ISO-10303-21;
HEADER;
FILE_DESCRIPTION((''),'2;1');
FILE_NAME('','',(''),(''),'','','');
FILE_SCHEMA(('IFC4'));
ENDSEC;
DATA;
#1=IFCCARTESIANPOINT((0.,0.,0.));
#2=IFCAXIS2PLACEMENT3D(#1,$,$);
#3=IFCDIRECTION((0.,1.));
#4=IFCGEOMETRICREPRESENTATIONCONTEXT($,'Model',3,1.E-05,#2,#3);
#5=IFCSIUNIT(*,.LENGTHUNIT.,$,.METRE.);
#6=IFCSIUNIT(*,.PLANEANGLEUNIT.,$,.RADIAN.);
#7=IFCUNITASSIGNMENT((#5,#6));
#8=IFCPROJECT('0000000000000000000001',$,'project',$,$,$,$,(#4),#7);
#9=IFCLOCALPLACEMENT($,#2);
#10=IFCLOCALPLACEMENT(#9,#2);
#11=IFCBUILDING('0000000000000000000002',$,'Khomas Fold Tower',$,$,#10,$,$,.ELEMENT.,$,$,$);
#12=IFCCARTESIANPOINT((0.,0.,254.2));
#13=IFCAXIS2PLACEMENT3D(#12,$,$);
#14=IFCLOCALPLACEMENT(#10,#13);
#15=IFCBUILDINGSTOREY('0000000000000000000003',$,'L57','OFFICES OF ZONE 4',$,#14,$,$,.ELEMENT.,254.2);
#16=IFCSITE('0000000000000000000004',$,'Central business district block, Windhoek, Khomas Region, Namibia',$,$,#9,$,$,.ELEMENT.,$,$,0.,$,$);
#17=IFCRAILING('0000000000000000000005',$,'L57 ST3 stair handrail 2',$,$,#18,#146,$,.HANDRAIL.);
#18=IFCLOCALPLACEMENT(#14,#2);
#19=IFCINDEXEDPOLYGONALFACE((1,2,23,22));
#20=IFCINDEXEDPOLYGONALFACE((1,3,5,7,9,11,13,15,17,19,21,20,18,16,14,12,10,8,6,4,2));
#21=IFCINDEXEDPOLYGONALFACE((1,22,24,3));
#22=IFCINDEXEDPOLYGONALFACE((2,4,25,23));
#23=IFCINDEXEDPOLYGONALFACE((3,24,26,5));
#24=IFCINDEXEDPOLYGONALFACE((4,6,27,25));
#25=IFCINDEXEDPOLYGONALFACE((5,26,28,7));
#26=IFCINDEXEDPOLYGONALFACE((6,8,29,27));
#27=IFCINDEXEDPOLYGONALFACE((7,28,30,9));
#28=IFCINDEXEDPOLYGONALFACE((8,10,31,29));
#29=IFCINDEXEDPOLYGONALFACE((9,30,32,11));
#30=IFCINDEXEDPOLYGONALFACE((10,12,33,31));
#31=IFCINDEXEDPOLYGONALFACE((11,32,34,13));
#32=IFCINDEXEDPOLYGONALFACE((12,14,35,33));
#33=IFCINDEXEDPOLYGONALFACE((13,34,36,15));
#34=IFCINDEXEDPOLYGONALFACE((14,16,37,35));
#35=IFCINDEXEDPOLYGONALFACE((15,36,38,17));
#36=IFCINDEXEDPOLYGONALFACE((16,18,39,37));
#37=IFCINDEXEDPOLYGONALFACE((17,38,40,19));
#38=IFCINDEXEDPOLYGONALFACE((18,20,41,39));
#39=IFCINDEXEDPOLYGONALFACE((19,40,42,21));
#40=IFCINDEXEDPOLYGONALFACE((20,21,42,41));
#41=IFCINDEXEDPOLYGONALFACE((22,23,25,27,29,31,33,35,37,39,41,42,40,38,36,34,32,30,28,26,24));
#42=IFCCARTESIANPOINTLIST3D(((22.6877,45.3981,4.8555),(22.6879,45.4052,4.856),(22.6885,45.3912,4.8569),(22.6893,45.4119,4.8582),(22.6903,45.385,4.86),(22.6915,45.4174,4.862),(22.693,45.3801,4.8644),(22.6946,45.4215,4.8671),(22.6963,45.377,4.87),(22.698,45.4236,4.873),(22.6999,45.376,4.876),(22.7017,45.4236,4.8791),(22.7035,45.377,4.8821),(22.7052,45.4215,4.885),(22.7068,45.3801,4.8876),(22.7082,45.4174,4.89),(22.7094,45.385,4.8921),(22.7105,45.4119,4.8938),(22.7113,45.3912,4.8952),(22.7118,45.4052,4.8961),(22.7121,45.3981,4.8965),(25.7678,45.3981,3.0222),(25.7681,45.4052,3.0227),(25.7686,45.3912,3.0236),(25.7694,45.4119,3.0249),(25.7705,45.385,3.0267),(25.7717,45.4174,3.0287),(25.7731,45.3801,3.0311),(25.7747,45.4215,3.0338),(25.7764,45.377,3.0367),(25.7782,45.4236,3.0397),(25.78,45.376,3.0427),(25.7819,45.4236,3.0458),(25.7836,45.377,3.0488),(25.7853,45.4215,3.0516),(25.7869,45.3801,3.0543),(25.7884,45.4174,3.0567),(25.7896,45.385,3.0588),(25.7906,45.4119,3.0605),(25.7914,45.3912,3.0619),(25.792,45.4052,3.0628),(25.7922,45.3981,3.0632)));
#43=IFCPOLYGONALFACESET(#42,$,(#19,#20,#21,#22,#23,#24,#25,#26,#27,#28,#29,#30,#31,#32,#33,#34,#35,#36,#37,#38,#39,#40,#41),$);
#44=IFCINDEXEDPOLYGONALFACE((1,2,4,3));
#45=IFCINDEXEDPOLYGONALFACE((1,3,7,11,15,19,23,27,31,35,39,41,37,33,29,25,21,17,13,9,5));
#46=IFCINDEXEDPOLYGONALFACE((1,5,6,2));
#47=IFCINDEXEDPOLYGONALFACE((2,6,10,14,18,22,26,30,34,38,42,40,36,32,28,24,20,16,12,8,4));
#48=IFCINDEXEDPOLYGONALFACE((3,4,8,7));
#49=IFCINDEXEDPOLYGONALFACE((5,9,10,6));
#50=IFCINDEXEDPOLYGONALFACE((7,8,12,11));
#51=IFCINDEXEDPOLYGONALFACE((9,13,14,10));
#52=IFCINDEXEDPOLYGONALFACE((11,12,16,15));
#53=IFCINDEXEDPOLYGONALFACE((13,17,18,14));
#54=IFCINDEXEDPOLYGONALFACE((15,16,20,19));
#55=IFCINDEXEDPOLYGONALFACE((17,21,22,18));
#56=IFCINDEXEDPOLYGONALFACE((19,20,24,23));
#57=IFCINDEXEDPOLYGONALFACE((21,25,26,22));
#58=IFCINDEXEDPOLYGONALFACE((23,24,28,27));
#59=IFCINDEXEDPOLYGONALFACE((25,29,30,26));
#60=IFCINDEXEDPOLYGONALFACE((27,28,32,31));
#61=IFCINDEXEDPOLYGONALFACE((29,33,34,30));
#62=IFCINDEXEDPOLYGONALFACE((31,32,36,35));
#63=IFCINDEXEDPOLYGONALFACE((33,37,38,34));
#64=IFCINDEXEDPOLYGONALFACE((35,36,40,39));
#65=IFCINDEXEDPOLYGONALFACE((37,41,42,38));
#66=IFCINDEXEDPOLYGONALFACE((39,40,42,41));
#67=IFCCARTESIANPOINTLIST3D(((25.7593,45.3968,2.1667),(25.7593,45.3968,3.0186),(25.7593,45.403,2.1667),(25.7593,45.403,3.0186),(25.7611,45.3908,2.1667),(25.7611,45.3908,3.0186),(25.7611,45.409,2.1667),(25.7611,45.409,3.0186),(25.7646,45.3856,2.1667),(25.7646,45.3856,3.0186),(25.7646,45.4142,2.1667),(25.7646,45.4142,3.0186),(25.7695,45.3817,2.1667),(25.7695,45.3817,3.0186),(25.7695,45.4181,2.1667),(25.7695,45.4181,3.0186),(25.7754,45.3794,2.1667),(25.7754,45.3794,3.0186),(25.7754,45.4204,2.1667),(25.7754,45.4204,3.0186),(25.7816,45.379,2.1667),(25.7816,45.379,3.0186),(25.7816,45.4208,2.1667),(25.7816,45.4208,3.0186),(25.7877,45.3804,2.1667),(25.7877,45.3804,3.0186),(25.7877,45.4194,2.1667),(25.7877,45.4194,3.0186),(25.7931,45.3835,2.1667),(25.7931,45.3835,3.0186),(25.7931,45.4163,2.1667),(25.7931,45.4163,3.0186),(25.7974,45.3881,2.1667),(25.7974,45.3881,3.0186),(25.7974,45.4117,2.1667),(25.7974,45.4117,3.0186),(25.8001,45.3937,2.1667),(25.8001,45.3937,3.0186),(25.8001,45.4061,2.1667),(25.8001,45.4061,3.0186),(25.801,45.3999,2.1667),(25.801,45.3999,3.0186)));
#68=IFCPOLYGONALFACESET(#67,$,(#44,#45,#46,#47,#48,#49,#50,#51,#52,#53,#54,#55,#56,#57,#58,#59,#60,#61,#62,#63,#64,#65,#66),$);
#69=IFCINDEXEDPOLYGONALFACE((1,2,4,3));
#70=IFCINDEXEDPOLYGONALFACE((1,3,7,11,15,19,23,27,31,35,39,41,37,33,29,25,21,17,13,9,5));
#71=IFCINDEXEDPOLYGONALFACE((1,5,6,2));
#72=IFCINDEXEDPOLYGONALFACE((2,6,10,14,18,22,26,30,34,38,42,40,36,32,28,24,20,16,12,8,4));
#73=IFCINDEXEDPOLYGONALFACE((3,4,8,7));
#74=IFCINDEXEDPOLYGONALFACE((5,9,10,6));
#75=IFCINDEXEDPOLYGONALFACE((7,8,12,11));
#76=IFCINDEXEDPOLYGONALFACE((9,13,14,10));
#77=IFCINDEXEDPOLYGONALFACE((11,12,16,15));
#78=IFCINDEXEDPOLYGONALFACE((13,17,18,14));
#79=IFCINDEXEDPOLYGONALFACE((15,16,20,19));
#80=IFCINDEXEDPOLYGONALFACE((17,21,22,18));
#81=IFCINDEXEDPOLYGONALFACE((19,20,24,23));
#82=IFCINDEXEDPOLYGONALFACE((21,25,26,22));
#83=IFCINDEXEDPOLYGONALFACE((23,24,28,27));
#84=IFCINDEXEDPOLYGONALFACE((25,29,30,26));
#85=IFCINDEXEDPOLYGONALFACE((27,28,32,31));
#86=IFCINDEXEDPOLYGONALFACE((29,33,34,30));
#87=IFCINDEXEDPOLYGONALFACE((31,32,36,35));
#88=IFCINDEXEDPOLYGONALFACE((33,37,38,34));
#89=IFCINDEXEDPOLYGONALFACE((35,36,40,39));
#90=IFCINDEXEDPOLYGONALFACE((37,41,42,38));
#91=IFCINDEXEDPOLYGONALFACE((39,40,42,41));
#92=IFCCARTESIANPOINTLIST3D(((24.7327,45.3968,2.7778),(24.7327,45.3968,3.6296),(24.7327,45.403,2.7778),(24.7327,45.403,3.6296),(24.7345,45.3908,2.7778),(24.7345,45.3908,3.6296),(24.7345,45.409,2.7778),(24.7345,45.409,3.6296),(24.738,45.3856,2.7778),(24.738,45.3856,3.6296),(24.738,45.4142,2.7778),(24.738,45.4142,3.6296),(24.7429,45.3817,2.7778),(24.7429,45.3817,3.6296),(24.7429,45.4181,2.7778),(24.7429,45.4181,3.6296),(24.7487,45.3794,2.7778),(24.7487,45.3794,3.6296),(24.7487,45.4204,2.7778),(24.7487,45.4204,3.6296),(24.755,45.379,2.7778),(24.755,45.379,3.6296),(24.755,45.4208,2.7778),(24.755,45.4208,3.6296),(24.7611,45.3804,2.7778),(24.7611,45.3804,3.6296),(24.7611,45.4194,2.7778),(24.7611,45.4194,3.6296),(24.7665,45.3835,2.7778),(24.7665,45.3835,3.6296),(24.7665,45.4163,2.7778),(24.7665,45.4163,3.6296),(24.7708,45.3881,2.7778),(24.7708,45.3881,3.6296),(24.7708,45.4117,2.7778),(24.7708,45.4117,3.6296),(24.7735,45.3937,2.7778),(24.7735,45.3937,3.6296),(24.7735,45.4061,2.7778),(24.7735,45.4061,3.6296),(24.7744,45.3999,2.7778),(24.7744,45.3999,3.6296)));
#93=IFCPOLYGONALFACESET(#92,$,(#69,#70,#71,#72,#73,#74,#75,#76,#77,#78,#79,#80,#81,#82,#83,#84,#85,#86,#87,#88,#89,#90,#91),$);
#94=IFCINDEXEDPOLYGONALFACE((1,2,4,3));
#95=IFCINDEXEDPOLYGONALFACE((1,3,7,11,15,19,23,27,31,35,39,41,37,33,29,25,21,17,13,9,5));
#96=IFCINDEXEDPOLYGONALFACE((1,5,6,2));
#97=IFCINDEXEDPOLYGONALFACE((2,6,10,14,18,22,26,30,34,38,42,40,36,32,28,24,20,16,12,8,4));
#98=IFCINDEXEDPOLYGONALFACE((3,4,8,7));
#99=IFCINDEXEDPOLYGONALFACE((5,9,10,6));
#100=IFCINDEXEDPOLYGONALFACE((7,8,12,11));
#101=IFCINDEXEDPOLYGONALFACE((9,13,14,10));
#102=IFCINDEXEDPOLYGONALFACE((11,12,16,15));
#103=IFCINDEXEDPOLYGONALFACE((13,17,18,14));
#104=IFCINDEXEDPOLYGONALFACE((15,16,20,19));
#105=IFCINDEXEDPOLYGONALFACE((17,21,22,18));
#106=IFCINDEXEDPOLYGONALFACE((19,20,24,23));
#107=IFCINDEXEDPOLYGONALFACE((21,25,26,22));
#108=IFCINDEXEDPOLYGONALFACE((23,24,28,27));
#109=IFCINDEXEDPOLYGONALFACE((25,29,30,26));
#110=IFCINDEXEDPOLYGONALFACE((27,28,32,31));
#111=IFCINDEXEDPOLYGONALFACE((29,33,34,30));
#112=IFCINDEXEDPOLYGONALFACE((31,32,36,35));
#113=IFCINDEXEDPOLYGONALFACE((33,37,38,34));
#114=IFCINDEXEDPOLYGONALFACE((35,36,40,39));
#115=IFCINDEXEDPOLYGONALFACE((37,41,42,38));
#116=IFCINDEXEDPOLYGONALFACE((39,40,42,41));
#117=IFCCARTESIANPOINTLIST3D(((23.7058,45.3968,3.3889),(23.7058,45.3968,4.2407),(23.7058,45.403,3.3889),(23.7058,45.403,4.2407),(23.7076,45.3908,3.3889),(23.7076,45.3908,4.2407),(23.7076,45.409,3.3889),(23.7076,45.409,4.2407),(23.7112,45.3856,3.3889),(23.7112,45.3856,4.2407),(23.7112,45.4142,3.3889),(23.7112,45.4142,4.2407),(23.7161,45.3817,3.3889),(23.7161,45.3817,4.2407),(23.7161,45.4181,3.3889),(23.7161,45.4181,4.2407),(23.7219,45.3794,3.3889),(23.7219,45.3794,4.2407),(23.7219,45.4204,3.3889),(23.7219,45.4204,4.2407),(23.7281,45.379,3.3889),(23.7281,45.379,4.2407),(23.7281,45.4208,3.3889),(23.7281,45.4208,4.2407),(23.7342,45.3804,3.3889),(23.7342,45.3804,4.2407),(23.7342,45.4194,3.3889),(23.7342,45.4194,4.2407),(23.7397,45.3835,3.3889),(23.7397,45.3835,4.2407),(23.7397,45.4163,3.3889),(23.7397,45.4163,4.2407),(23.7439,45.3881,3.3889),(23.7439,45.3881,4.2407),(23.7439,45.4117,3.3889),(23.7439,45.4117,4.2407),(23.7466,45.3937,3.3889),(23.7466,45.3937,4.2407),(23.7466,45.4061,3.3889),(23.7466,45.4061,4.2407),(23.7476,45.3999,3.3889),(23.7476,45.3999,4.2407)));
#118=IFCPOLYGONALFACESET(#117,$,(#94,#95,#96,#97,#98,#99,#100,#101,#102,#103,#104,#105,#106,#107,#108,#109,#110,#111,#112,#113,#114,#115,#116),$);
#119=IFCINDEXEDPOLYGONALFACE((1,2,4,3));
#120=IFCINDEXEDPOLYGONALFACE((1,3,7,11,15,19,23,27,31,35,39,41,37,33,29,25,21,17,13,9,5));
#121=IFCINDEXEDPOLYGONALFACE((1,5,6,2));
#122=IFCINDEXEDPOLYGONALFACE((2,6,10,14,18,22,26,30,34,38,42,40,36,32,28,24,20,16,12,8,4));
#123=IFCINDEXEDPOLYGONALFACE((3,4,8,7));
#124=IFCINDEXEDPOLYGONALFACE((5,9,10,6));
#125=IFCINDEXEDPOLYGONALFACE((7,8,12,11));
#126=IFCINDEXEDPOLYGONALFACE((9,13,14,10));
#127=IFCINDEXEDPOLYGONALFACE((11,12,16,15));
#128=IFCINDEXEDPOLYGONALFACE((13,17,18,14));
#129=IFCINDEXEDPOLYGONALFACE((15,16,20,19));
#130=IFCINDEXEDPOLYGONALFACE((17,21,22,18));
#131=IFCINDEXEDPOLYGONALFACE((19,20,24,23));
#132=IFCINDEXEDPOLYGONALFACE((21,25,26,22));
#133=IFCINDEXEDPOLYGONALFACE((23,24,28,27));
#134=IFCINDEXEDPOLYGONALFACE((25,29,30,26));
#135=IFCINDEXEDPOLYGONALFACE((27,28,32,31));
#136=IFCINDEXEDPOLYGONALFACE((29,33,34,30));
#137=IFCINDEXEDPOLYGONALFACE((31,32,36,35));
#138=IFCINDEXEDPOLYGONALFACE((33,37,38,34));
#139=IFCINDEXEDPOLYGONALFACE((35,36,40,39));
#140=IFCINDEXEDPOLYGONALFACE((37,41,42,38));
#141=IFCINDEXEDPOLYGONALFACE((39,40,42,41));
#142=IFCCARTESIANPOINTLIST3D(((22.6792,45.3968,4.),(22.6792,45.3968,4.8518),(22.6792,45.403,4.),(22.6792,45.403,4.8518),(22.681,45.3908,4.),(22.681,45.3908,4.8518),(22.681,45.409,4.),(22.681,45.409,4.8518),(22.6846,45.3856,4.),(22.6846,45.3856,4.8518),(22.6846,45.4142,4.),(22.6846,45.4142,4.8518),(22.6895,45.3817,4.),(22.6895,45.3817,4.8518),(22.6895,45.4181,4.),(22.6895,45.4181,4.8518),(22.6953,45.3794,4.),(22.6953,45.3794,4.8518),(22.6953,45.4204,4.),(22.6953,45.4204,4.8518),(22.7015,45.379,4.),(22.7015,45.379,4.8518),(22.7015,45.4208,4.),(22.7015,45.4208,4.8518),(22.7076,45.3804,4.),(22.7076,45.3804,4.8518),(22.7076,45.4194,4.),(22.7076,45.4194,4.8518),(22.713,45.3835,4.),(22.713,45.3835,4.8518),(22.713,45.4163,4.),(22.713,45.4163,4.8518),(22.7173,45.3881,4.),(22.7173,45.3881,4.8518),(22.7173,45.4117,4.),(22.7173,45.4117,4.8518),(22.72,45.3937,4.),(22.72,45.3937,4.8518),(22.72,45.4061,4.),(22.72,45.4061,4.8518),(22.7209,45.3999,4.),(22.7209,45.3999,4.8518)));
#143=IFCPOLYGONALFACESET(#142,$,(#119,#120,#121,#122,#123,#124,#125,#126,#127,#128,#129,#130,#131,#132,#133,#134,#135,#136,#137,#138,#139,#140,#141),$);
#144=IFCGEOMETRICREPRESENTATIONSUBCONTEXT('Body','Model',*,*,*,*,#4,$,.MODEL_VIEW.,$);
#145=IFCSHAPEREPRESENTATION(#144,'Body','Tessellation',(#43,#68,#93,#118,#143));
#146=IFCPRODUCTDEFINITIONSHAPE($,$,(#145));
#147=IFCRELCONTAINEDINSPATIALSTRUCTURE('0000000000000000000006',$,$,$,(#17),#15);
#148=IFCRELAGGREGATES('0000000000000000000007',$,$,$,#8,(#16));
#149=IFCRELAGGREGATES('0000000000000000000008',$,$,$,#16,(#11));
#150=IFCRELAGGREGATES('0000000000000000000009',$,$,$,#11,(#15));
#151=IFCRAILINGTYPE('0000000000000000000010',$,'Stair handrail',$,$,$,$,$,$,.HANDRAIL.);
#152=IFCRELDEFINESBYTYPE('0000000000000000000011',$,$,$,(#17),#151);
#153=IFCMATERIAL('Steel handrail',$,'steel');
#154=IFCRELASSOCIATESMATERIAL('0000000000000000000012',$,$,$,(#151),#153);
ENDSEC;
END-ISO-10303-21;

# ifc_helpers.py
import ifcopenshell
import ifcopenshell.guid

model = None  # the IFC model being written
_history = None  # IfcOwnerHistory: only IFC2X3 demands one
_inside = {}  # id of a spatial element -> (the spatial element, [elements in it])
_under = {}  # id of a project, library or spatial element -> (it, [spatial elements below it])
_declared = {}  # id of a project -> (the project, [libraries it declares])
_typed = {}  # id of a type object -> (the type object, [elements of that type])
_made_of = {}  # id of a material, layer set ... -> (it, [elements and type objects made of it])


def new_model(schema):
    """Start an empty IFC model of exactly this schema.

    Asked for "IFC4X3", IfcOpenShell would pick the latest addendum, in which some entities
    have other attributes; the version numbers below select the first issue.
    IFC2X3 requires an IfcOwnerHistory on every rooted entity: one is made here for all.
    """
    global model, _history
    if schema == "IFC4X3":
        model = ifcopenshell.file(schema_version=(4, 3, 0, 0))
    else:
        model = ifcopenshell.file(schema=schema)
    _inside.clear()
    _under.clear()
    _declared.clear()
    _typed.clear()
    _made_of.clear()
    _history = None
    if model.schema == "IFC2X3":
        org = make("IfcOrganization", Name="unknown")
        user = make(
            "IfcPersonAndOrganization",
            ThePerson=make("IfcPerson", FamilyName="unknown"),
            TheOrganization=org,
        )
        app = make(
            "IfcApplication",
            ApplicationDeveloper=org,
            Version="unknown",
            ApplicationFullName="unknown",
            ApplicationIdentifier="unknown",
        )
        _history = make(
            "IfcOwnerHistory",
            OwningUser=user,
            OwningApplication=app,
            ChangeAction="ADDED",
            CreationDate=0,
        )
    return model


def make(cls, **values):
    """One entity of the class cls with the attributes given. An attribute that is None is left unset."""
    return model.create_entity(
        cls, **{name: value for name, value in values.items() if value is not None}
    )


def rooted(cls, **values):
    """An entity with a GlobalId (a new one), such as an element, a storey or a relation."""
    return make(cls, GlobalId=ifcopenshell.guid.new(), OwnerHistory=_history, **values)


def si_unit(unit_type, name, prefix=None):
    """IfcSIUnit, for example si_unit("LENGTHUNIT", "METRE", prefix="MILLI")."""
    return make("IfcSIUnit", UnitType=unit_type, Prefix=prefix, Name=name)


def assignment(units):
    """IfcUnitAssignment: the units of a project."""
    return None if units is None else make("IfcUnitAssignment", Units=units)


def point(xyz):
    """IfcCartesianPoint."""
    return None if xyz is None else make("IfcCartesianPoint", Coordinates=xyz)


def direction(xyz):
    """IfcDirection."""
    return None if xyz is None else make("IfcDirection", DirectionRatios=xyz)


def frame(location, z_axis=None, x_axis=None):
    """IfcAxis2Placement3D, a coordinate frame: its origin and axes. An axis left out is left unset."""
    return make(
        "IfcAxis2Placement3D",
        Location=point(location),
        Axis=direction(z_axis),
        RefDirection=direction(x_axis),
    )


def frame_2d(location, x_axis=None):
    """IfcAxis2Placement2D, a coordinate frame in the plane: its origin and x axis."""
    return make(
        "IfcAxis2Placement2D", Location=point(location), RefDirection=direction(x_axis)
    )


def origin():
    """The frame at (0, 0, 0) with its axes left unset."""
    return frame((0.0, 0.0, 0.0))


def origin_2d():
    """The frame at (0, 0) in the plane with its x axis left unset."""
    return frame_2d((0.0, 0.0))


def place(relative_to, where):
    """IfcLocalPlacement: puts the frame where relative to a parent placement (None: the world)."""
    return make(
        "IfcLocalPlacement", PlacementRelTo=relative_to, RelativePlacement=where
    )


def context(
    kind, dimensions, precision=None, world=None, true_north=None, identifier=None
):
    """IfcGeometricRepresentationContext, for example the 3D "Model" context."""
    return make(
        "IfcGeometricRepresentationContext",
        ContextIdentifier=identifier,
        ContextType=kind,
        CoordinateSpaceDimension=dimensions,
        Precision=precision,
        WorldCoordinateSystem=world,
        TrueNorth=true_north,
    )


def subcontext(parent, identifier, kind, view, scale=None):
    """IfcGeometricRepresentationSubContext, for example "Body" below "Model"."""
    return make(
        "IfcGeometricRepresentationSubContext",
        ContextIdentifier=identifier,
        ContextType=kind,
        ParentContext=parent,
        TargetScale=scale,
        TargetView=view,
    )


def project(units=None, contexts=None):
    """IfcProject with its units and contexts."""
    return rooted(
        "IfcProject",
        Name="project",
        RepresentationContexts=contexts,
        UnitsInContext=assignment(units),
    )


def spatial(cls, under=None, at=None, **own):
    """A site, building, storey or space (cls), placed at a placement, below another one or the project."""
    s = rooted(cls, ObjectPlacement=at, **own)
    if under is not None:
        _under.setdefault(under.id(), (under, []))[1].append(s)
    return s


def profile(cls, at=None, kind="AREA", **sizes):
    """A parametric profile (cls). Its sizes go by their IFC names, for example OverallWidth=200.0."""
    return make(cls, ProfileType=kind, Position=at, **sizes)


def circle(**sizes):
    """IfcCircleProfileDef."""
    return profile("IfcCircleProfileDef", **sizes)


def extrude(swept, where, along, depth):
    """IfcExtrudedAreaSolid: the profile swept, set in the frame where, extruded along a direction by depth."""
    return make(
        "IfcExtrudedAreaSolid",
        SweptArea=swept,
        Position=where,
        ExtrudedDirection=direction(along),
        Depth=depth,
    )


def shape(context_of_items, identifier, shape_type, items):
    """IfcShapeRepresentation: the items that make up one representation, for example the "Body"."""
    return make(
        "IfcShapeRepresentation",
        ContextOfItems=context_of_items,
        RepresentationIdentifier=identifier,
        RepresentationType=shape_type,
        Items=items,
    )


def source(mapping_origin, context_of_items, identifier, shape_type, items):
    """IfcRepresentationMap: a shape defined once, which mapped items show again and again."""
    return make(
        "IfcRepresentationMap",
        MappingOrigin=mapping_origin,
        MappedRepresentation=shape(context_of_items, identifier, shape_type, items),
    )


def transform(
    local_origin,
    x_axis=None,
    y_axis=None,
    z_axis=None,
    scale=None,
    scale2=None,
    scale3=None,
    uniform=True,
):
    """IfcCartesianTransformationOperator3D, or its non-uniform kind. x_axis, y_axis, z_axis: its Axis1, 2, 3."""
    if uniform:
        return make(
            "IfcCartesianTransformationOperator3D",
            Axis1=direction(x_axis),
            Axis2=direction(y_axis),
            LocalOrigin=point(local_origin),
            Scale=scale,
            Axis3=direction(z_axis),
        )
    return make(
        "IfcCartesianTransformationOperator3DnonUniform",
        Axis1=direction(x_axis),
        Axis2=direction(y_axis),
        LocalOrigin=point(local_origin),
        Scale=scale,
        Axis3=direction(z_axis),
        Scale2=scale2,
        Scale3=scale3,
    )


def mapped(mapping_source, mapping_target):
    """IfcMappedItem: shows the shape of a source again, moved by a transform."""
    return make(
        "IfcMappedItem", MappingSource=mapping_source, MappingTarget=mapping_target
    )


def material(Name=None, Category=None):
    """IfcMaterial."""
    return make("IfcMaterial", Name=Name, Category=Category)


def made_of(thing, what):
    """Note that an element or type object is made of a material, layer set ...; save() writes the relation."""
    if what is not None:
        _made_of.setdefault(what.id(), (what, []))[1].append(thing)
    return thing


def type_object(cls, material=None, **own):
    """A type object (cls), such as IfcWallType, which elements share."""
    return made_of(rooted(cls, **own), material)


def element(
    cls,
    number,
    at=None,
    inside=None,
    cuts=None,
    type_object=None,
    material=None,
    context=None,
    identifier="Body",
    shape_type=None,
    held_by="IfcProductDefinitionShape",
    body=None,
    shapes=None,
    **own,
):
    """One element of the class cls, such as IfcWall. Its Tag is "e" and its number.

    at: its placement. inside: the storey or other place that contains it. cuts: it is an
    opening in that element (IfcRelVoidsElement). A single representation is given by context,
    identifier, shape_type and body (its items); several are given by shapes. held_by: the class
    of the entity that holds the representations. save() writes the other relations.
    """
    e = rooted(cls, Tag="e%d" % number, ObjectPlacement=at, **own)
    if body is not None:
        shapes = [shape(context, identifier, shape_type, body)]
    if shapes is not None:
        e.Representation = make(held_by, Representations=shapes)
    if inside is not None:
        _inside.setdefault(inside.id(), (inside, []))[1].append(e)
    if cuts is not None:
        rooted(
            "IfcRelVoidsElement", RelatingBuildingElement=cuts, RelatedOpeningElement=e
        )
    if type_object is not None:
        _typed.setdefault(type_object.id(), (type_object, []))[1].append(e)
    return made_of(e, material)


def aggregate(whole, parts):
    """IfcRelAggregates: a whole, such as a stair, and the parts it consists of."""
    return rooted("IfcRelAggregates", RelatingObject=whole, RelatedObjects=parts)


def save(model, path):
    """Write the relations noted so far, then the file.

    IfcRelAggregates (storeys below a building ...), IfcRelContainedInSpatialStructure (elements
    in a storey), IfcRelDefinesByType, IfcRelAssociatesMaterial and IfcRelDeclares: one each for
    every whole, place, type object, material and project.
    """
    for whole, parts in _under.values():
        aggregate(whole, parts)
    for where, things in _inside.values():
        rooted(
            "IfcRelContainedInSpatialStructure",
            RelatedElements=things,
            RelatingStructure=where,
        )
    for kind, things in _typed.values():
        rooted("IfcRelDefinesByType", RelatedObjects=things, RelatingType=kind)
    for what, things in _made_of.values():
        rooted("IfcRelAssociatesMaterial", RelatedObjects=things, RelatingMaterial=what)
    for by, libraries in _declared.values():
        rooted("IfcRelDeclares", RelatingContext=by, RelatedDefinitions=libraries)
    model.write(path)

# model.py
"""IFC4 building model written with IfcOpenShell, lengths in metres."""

from ifc_helpers import new_model, si_unit, direction, frame, origin, origin_2d, place, context, subcontext, project, spatial, circle, extrude, source, transform, mapped, material, type_object, element, save


model = new_model("IFC4")

# Units and contexts
model_context = context("Model", 3, precision=1e-05, world=origin(), true_north=direction((0.0, 1.0)))
body_context = subcontext(model_context, "Body", "Model", "MODEL_VIEW")
ifc_project = project(units=[si_unit("LENGTHUNIT", "METRE"), si_unit("PLANEANGLEUNIT", "RADIAN")], contexts=[model_context])

# Site, building, storey
site_placement = place(None, origin())
site = spatial("IfcSite", under=ifc_project, at=site_placement, Name="Central business district block, Windhoek, Khomas Region, Namibia", CompositionType="ELEMENT", RefElevation=0.0)
building_placement = place(site_placement, origin())
building = spatial("IfcBuilding", under=site, at=building_placement, Name="Khomas Fold Tower", CompositionType="ELEMENT")
storey_placement = place(building_placement, frame((0.0, 0.0, 254.2)))
storey = spatial("IfcBuildingStorey", under=building, at=storey_placement, Name="L57", Description="OFFICES OF ZONE 4", CompositionType="ELEMENT", Elevation=254.2)

# Railing
ifc_material_1 = material(Name="Steel handrail", Category="steel")
railing_type_1 = type_object("IfcRailingType", Name="Stair handrail", PredefinedType="HANDRAIL", material=ifc_material_1)
shared_shape_1 = source(origin(), body_context, "Body", "SweptSolid", [
    extrude(circle(Radius=0.0239, at=origin_2d()), frame((0.0, 0.0, 0.876), z_axis=(-0.859309, 0.0, 0.511458), x_axis=(0.0, -1.0, 0.0)), (0.0, 0.0, 1.0), 3.5845),
    extrude(circle(Radius=0.021, at=origin_2d()), origin(), (0.0, 0.0, 1.0), 0.8518),
    extrude(circle(Radius=0.021, at=origin_2d()), frame((-1.0266, 0.0, 0.6111)), (0.0, 0.0, 1.0), 0.8518),
    extrude(circle(Radius=0.021, at=origin_2d()), frame((-2.0535, 0.0, 1.2222)), (0.0, 0.0, 1.0), 0.8518),
    extrude(circle(Radius=0.021, at=origin_2d()), frame((-3.0801, 0.0, 1.8333)), (0.0, 0.0, 1.0), 0.8518),
])
railing_1_placement = place(storey_placement, frame((25.78, 45.3999, 2.1667)))
element("IfcRailing", 1, at=railing_1_placement, inside=storey, type_object=railing_type_1, Name="L57 ST3 stair handrail 2", PredefinedType="HANDRAIL", context=body_context, shape_type="MappedRepresentation", body=[
    mapped(shared_shape_1, transform((0.0, 0.0, 0.0))),
])

save(model, "model.ifc")
